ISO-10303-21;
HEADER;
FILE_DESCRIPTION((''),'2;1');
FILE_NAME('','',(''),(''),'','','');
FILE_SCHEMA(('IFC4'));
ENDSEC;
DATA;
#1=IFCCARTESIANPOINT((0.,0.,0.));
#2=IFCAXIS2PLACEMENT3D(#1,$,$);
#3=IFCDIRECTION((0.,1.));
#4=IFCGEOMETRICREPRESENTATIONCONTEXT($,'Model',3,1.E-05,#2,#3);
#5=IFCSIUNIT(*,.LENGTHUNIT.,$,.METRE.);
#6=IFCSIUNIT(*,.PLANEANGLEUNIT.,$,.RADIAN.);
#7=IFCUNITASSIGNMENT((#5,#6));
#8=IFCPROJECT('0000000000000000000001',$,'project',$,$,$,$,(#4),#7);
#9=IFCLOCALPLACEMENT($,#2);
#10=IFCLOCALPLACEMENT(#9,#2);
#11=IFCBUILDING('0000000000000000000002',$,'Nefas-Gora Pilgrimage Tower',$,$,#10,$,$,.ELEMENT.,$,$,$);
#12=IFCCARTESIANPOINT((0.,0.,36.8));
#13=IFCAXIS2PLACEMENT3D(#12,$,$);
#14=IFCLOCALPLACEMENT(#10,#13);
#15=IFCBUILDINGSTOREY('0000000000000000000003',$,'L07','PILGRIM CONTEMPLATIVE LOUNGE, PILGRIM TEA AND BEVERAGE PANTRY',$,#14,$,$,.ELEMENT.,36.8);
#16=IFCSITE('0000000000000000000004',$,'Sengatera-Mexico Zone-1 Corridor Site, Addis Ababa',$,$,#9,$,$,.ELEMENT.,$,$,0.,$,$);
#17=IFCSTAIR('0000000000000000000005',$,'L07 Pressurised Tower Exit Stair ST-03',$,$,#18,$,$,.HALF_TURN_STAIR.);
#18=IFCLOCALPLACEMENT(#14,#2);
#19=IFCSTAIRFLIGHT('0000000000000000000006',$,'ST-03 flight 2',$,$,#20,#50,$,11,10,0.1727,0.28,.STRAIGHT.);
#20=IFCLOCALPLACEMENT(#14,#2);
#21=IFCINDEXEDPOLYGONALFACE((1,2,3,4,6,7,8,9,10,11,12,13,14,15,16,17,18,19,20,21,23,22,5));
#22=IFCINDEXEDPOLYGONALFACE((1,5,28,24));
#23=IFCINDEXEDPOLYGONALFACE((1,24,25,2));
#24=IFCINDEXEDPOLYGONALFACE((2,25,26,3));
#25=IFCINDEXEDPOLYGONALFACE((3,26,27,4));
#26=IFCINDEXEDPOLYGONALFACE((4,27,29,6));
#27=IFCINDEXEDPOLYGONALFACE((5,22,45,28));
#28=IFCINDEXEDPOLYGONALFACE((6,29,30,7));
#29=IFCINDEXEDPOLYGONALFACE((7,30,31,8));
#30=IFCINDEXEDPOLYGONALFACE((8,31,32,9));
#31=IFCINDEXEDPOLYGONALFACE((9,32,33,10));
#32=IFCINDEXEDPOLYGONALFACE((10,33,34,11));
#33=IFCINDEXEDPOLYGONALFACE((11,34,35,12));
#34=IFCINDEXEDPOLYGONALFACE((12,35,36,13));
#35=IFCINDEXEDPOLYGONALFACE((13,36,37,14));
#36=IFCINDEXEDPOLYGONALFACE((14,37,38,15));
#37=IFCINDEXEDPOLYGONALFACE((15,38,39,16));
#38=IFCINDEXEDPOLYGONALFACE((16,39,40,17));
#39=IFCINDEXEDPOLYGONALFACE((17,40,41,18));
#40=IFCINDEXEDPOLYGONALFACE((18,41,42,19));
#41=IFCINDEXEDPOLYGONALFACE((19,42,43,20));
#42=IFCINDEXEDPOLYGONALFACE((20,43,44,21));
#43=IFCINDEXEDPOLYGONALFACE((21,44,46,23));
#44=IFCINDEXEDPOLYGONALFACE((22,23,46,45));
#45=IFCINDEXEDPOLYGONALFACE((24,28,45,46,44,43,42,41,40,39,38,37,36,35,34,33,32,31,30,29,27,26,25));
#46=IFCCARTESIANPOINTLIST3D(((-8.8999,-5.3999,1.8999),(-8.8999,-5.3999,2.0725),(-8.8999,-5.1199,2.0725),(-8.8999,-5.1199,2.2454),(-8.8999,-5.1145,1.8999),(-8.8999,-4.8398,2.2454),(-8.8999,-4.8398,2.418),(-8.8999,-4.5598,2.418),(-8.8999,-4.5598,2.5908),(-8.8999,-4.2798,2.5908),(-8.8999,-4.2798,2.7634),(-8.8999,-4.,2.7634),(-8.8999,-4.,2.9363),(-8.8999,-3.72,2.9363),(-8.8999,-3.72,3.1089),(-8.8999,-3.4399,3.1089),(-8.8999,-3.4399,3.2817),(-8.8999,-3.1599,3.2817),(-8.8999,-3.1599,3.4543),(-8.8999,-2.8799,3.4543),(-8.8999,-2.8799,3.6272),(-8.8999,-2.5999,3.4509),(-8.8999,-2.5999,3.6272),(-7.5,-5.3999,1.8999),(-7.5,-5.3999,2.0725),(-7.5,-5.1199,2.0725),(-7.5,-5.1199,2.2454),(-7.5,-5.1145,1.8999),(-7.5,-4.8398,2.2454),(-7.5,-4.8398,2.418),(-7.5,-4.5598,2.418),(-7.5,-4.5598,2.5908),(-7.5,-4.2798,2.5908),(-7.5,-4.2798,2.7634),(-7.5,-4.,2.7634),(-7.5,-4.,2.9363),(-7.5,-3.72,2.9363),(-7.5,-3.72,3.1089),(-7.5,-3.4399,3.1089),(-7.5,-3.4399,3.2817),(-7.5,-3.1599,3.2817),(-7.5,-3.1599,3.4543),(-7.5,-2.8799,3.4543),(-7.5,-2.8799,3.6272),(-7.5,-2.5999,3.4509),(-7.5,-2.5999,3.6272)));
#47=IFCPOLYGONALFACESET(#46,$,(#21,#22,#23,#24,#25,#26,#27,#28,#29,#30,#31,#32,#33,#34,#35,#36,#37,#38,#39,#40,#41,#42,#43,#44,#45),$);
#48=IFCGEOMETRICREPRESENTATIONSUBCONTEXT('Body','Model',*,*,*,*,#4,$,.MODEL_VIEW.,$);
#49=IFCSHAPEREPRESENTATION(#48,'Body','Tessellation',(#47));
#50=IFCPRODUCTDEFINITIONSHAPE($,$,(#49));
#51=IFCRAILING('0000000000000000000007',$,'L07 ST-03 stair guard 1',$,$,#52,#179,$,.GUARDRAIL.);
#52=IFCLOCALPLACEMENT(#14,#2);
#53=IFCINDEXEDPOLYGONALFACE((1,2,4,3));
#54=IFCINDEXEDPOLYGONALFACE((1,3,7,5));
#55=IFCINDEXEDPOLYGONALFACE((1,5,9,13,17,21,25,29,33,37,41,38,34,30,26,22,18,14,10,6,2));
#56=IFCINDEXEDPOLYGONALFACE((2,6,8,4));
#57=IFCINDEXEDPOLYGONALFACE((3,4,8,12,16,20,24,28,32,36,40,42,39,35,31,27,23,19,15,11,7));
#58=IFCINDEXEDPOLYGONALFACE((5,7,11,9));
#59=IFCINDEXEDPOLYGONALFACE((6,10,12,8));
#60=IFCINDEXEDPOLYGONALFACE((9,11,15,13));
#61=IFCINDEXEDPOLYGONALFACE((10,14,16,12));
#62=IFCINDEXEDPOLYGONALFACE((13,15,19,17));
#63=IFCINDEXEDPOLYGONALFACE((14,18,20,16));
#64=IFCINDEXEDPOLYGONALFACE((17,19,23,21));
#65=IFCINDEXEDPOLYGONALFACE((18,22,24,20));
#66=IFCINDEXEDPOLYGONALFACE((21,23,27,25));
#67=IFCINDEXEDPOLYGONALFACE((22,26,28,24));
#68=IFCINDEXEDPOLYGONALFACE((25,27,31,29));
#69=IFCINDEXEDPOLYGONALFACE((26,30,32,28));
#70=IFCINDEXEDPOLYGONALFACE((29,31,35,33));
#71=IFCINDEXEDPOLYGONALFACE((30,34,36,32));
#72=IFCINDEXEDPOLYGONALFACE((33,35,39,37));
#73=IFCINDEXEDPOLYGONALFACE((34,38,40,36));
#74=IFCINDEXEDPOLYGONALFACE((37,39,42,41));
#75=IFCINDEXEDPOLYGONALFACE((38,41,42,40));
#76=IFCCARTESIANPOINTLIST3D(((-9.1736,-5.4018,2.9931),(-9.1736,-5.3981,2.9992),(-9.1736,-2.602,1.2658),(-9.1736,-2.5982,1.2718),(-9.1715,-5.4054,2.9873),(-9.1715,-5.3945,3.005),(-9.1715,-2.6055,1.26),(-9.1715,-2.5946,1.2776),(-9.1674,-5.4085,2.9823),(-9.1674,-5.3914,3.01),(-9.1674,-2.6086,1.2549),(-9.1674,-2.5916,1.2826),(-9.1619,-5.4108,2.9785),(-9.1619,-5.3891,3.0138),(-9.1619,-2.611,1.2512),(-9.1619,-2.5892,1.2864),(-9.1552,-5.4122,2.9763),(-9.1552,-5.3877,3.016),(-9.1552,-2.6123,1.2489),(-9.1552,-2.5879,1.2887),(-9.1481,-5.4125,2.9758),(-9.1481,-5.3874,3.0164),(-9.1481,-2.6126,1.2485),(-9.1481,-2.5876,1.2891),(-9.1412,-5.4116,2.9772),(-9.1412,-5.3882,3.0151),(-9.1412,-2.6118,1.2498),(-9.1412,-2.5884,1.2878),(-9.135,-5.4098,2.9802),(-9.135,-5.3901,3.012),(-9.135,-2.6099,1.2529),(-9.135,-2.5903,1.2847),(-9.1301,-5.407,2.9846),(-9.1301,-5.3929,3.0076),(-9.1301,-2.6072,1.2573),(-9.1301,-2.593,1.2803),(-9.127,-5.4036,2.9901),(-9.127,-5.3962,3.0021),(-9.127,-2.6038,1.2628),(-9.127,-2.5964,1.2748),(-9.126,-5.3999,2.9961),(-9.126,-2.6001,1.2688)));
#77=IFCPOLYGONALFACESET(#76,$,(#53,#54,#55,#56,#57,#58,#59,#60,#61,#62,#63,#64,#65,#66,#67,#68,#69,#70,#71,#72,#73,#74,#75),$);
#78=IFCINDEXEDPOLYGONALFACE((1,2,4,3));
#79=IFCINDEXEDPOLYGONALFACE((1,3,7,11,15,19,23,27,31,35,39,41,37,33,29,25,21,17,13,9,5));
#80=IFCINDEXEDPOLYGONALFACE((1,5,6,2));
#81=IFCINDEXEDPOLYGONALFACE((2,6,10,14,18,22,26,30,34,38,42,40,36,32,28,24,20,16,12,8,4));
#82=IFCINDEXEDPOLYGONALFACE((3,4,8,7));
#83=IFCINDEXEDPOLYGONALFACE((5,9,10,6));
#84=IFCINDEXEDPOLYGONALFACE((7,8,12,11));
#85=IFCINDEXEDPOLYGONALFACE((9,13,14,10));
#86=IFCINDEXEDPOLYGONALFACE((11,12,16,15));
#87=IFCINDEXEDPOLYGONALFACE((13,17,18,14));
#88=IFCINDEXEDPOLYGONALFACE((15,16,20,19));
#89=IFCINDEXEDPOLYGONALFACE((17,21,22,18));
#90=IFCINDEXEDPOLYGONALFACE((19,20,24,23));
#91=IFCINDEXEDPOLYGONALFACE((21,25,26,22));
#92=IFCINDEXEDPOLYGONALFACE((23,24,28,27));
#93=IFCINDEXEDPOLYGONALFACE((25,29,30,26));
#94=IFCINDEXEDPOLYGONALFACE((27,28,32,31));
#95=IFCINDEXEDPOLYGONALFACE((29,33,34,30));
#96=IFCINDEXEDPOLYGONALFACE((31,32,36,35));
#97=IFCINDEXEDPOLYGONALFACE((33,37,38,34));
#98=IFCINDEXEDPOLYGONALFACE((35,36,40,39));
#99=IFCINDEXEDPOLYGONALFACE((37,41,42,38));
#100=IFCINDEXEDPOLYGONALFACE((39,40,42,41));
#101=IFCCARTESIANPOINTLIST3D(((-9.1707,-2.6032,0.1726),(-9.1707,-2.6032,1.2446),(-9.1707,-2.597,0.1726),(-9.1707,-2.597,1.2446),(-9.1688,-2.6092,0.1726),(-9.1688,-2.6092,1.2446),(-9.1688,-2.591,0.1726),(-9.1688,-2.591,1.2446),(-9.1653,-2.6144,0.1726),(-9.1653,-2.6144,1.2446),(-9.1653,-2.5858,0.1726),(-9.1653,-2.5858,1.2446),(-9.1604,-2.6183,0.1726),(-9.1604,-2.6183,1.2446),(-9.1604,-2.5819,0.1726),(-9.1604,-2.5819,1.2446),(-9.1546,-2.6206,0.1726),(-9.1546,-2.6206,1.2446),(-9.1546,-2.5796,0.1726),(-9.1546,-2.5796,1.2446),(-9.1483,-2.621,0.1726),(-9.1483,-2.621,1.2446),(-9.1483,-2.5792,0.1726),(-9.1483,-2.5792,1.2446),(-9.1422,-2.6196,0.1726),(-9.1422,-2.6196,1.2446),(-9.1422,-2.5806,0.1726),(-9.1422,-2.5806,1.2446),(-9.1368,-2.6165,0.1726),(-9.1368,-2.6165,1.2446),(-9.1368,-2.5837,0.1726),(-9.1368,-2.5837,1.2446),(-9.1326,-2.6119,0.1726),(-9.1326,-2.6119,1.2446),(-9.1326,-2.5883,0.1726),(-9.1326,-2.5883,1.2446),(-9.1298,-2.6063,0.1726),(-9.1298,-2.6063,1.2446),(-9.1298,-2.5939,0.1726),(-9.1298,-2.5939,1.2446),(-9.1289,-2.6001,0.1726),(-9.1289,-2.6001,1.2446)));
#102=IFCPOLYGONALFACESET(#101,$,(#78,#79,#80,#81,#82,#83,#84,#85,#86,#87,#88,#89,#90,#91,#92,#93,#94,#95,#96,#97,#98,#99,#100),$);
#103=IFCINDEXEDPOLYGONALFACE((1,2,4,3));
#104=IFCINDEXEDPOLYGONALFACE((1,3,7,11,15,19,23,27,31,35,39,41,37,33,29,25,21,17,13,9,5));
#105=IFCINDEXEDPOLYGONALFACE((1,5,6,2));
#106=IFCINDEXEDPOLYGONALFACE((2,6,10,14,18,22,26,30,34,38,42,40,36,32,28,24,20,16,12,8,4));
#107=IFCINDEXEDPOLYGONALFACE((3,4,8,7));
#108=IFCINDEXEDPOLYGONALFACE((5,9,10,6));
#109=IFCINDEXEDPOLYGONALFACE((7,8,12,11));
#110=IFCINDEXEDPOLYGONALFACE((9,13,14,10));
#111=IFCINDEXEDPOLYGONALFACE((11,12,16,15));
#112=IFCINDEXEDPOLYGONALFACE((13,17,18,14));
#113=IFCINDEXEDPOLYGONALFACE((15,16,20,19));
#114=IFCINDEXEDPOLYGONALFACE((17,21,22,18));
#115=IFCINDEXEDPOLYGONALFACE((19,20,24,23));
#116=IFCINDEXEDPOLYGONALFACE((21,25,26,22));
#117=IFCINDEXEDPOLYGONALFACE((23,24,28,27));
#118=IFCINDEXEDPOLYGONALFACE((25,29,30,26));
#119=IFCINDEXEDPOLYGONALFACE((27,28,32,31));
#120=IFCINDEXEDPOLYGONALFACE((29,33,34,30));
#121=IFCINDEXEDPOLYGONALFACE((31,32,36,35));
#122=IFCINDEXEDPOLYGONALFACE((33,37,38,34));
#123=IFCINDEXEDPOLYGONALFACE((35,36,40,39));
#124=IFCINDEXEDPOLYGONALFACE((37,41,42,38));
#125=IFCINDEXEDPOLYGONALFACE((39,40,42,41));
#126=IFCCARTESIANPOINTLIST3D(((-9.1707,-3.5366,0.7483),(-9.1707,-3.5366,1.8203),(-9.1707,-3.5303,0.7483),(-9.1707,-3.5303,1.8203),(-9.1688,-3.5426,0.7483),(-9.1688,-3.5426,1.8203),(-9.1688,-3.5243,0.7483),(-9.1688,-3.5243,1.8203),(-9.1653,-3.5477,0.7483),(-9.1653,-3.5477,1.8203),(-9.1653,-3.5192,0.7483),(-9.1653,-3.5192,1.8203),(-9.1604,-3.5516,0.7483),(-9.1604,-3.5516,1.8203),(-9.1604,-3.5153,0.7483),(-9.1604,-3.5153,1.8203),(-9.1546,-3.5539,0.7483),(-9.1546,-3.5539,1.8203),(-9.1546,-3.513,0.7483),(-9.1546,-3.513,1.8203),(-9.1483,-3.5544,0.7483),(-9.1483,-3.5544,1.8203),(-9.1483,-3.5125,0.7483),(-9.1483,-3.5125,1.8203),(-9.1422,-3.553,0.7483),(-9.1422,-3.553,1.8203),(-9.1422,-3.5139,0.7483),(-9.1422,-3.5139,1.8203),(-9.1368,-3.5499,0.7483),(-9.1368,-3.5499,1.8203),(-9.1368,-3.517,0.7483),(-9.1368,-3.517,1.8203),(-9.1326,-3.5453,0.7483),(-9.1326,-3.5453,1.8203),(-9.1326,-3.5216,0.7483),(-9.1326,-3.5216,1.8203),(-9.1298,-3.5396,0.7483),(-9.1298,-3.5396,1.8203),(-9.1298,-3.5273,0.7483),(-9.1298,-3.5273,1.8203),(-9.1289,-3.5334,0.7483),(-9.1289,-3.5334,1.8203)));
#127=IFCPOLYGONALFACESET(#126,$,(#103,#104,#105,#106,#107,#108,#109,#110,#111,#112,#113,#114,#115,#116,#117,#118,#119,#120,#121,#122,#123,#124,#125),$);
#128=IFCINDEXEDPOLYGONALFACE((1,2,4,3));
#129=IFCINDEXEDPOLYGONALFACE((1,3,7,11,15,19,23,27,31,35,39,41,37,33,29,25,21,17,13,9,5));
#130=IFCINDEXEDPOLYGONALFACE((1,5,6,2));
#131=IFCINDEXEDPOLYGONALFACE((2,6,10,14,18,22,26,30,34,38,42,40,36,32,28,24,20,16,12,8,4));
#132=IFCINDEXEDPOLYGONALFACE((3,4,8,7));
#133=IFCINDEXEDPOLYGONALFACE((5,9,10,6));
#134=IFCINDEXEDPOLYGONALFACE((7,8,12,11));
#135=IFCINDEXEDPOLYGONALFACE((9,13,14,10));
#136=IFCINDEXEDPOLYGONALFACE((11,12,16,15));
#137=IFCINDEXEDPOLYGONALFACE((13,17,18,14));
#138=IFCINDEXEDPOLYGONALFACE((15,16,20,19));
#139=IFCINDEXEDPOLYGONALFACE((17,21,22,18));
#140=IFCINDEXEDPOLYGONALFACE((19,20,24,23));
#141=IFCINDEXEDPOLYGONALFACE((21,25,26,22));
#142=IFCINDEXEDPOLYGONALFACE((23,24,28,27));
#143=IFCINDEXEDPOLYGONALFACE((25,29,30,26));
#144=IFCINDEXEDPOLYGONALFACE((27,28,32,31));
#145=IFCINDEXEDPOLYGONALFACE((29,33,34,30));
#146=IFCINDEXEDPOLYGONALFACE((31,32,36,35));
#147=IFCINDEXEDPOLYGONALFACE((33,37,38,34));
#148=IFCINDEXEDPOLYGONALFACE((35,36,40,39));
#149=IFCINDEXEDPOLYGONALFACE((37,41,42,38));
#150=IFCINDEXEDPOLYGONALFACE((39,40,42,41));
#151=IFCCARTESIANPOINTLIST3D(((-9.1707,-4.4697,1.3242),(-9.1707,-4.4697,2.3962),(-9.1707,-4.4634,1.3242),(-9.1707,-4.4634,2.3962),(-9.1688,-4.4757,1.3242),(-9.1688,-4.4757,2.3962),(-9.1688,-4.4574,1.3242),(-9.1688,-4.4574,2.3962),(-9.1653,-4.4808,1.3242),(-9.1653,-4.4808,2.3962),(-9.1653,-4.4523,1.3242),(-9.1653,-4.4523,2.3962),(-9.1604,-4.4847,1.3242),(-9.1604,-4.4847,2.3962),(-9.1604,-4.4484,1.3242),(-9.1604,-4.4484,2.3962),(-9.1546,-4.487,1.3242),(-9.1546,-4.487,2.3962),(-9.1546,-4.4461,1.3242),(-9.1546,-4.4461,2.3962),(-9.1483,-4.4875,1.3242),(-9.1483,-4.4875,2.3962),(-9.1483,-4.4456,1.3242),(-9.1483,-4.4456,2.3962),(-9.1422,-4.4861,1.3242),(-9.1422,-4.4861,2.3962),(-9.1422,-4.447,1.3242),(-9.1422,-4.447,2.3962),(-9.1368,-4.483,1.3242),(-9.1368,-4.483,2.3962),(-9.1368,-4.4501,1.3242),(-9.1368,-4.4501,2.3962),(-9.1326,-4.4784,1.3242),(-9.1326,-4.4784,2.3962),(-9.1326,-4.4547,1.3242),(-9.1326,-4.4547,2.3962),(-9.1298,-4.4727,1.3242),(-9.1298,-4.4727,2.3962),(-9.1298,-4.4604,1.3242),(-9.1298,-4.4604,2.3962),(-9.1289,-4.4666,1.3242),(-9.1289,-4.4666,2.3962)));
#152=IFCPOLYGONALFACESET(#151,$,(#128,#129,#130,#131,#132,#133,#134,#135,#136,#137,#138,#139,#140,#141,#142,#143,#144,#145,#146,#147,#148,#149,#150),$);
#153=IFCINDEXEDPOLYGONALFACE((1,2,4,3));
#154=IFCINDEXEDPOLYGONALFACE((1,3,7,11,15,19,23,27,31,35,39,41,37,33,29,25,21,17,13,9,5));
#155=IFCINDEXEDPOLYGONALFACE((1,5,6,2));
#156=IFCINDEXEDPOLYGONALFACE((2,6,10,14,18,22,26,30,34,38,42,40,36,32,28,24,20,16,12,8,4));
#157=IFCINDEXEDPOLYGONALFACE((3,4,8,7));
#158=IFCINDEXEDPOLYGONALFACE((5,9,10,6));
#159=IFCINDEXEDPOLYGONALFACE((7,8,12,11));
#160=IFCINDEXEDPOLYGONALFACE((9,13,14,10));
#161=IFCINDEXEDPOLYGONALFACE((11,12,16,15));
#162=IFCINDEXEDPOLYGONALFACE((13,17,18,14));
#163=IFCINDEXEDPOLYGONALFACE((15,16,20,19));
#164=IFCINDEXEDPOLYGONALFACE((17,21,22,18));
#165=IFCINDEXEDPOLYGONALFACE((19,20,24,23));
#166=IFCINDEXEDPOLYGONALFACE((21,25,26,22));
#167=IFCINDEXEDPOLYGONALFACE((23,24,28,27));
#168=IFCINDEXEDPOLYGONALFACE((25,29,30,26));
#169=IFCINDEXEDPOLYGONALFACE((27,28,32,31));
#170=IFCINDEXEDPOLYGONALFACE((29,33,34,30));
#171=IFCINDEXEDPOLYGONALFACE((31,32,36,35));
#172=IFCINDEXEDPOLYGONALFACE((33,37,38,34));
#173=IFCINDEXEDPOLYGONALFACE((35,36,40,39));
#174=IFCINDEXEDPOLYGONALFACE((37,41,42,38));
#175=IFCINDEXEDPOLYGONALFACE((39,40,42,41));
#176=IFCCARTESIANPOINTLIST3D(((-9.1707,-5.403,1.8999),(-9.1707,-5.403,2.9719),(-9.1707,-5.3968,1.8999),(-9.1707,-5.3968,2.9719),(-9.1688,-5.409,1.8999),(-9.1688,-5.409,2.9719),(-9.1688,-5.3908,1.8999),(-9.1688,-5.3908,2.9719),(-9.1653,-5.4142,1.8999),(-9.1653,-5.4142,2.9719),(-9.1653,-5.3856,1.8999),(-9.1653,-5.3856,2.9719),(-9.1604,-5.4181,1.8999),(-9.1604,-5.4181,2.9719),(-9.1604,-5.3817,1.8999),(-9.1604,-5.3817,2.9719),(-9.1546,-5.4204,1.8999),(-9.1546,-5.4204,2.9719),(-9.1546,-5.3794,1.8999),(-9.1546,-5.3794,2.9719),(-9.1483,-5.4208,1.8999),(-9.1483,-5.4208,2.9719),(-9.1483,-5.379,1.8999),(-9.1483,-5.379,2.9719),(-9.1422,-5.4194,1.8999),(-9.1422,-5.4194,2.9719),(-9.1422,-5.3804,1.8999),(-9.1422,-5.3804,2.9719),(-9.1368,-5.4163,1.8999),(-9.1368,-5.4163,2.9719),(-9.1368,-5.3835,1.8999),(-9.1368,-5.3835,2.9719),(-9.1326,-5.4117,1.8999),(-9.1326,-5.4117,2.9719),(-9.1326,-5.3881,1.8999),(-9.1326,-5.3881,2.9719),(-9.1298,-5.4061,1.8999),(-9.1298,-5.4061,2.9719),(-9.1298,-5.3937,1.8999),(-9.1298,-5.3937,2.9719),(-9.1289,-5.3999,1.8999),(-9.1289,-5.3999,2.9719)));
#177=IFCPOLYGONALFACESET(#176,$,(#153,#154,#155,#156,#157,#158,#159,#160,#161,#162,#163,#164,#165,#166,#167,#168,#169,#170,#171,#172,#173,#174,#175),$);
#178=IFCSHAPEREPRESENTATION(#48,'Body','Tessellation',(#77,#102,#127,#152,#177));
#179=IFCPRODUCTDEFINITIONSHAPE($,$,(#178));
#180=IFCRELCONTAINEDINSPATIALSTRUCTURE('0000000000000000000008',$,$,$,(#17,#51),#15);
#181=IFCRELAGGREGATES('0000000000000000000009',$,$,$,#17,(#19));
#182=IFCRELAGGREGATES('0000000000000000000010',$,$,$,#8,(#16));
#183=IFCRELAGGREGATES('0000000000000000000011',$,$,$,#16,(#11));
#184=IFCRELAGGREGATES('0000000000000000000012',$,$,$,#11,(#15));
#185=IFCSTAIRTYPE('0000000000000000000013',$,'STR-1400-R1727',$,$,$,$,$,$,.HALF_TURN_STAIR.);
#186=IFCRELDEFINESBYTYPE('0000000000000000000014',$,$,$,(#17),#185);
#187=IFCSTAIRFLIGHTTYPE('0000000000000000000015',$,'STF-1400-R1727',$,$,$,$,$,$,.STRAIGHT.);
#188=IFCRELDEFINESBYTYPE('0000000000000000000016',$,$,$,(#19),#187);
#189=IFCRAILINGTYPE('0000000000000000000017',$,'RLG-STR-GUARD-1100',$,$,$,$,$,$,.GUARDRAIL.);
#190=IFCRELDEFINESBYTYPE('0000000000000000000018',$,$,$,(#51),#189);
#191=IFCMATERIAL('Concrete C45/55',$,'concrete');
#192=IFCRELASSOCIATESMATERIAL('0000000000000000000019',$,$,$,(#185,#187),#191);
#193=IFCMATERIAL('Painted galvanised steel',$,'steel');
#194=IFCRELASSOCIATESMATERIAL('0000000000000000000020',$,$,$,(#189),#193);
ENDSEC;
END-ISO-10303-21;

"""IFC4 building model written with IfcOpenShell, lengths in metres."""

from ifc_helpers import new_model, si_unit, direction, frame, origin, origin_2d, place, context, subcontext, project, spatial, polyline, circle, outline, extrude, source, transform, mapped, material, type_object, element, aggregate, save


model = new_model("IFC4")

# Units and contexts
model_context = context("Model", 3, precision=1e-05, world=origin(), true_north=direction((0.0, 1.0)))
body_context = subcontext(model_context, "Body", "Model", "MODEL_VIEW")
ifc_project = project(units=[si_unit("LENGTHUNIT", "METRE"), si_unit("PLANEANGLEUNIT", "RADIAN")], contexts=[model_context])

# Site, building, storey
site_placement = place(None, origin())
site = spatial("IfcSite", under=ifc_project, at=site_placement, Name="Sengatera-Mexico Zone-1 Corridor Site, Addis Ababa", CompositionType="ELEMENT", RefElevation=0.0)
building_placement = place(site_placement, origin())
building = spatial("IfcBuilding", under=site, at=building_placement, Name="Nefas-Gora Pilgrimage Tower", CompositionType="ELEMENT")
storey_placement = place(building_placement, frame((0.0, 0.0, 36.8)))
storey = spatial("IfcBuildingStorey", under=building, at=storey_placement, Name="L07", Description="PILGRIM CONTEMPLATIVE LOUNGE, PILGRIM TEA AND BEVERAGE PANTRY", CompositionType="ELEMENT", Elevation=36.8)

# Shared definitions
ifc_material_1 = material(Name="Concrete C45/55", Category="concrete")

# Stair, stair flight
stair_type = type_object("IfcStairType", Name="STR-1400-R1727", PredefinedType="HALF_TURN_STAIR", material=ifc_material_1)
stair_placement = place(storey_placement, origin())
stair = element("IfcStair", 1, at=stair_placement, inside=storey, type_object=stair_type, Name="L07 Pressurised Tower Exit Stair ST-03", PredefinedType="HALF_TURN_STAIR")
stair_flight_type = type_object("IfcStairFlightType", Name="STF-1400-R1727", PredefinedType="STRAIGHT", material=ifc_material_1)
shared_shape_1 = source(origin(), body_context, "Body", "SweptSolid", [
    extrude(outline(polyline([(0.0, 0.0), (0.0, 0.1726), (0.28, 0.1726), (0.28, 0.3455), (0.5601, 0.3455), (0.5601, 0.5181), (0.8401, 0.5181), (0.8401, 0.6909), (1.1201, 0.6909), (1.1201, 0.8635), (1.3999, 0.8635), (1.3999, 1.0364), (1.6799, 1.0364), (1.6799, 1.209), (1.96, 1.209), (1.96, 1.3818), (2.24, 1.3818), (2.24, 1.5544), (2.52, 1.5544), (2.52, 1.7273), (2.8, 1.7273), (2.8, 1.8999), (2.8, 1.551), (0.2854, 0.0), (0.0, 0.0)])), frame((0.0, 0.7, 0.0), z_axis=(0.0, -1.0, 0.0), x_axis=(1.0, 0.0, 0.0)), (0.0, 0.0, 1.0), 1.3999),
])
stair_flight_1_placement = place(storey_placement, frame((-8.2, -5.3999, 1.8999), z_axis=(0.0, 0.0, 1.0), x_axis=(0.0, 1.0, 0.0)))
stair_flight_1 = element("IfcStairFlight", 2, at=stair_flight_1_placement, type_object=stair_flight_type, Name="ST-03 flight 2", NumberOfRisers=11, NumberOfTreads=10, PredefinedType="STRAIGHT", RiserHeight=0.1727, TreadLength=0.28, context=body_context, shape_type="MappedRepresentation", body=[
    mapped(shared_shape_1, transform((0.0, 0.0, 0.0), x_axis=(1.0, 0.0, 0.0), y_axis=(0.0, 1.0, 0.0), z_axis=(0.0, 0.0, 1.0), scale=1.0)),
])
aggregate(stair, [stair_flight_1])

# Railing
ifc_material_2 = material(Name="Painted galvanised steel", Category="steel")
railing_type_1 = type_object("IfcRailingType", Name="RLG-STR-GUARD-1100", PredefinedType="GUARDRAIL", material=ifc_material_2)
railing_1_placement = place(storey_placement, frame((-9.1499, -2.6001, 0.1726)))
element("IfcRailing", 3, at=railing_1_placement, inside=storey, type_object=railing_type_1, Name="L07 ST-03 stair guard 1", PredefinedType="GUARDRAIL", context=body_context, shape_type="SweptSolid", body=[
    extrude(circle(Radius=0.0239, at=origin_2d()), frame((0.0, 0.0, 1.0962), z_axis=(0.0, -0.851069, 0.525054), x_axis=(1.0, 0.0, 0.0)), (0.0, 0.0, 1.0), 3.2898),
    extrude(circle(Radius=0.021, at=origin_2d()), origin(), (0.0, 0.0, 1.0), 1.072),
    extrude(circle(Radius=0.021, at=origin_2d()), frame((0.0, -0.9333, 0.5757)), (0.0, 0.0, 1.0), 1.072),
    extrude(circle(Radius=0.021, at=origin_2d()), frame((0.0, -1.8665, 1.1516)), (0.0, 0.0, 1.0), 1.072),
    extrude(circle(Radius=0.021, at=origin_2d()), frame((0.0, -2.7998, 1.7273)), (0.0, 0.0, 1.0), 1.072),
])

save(model, "model.ifc")
